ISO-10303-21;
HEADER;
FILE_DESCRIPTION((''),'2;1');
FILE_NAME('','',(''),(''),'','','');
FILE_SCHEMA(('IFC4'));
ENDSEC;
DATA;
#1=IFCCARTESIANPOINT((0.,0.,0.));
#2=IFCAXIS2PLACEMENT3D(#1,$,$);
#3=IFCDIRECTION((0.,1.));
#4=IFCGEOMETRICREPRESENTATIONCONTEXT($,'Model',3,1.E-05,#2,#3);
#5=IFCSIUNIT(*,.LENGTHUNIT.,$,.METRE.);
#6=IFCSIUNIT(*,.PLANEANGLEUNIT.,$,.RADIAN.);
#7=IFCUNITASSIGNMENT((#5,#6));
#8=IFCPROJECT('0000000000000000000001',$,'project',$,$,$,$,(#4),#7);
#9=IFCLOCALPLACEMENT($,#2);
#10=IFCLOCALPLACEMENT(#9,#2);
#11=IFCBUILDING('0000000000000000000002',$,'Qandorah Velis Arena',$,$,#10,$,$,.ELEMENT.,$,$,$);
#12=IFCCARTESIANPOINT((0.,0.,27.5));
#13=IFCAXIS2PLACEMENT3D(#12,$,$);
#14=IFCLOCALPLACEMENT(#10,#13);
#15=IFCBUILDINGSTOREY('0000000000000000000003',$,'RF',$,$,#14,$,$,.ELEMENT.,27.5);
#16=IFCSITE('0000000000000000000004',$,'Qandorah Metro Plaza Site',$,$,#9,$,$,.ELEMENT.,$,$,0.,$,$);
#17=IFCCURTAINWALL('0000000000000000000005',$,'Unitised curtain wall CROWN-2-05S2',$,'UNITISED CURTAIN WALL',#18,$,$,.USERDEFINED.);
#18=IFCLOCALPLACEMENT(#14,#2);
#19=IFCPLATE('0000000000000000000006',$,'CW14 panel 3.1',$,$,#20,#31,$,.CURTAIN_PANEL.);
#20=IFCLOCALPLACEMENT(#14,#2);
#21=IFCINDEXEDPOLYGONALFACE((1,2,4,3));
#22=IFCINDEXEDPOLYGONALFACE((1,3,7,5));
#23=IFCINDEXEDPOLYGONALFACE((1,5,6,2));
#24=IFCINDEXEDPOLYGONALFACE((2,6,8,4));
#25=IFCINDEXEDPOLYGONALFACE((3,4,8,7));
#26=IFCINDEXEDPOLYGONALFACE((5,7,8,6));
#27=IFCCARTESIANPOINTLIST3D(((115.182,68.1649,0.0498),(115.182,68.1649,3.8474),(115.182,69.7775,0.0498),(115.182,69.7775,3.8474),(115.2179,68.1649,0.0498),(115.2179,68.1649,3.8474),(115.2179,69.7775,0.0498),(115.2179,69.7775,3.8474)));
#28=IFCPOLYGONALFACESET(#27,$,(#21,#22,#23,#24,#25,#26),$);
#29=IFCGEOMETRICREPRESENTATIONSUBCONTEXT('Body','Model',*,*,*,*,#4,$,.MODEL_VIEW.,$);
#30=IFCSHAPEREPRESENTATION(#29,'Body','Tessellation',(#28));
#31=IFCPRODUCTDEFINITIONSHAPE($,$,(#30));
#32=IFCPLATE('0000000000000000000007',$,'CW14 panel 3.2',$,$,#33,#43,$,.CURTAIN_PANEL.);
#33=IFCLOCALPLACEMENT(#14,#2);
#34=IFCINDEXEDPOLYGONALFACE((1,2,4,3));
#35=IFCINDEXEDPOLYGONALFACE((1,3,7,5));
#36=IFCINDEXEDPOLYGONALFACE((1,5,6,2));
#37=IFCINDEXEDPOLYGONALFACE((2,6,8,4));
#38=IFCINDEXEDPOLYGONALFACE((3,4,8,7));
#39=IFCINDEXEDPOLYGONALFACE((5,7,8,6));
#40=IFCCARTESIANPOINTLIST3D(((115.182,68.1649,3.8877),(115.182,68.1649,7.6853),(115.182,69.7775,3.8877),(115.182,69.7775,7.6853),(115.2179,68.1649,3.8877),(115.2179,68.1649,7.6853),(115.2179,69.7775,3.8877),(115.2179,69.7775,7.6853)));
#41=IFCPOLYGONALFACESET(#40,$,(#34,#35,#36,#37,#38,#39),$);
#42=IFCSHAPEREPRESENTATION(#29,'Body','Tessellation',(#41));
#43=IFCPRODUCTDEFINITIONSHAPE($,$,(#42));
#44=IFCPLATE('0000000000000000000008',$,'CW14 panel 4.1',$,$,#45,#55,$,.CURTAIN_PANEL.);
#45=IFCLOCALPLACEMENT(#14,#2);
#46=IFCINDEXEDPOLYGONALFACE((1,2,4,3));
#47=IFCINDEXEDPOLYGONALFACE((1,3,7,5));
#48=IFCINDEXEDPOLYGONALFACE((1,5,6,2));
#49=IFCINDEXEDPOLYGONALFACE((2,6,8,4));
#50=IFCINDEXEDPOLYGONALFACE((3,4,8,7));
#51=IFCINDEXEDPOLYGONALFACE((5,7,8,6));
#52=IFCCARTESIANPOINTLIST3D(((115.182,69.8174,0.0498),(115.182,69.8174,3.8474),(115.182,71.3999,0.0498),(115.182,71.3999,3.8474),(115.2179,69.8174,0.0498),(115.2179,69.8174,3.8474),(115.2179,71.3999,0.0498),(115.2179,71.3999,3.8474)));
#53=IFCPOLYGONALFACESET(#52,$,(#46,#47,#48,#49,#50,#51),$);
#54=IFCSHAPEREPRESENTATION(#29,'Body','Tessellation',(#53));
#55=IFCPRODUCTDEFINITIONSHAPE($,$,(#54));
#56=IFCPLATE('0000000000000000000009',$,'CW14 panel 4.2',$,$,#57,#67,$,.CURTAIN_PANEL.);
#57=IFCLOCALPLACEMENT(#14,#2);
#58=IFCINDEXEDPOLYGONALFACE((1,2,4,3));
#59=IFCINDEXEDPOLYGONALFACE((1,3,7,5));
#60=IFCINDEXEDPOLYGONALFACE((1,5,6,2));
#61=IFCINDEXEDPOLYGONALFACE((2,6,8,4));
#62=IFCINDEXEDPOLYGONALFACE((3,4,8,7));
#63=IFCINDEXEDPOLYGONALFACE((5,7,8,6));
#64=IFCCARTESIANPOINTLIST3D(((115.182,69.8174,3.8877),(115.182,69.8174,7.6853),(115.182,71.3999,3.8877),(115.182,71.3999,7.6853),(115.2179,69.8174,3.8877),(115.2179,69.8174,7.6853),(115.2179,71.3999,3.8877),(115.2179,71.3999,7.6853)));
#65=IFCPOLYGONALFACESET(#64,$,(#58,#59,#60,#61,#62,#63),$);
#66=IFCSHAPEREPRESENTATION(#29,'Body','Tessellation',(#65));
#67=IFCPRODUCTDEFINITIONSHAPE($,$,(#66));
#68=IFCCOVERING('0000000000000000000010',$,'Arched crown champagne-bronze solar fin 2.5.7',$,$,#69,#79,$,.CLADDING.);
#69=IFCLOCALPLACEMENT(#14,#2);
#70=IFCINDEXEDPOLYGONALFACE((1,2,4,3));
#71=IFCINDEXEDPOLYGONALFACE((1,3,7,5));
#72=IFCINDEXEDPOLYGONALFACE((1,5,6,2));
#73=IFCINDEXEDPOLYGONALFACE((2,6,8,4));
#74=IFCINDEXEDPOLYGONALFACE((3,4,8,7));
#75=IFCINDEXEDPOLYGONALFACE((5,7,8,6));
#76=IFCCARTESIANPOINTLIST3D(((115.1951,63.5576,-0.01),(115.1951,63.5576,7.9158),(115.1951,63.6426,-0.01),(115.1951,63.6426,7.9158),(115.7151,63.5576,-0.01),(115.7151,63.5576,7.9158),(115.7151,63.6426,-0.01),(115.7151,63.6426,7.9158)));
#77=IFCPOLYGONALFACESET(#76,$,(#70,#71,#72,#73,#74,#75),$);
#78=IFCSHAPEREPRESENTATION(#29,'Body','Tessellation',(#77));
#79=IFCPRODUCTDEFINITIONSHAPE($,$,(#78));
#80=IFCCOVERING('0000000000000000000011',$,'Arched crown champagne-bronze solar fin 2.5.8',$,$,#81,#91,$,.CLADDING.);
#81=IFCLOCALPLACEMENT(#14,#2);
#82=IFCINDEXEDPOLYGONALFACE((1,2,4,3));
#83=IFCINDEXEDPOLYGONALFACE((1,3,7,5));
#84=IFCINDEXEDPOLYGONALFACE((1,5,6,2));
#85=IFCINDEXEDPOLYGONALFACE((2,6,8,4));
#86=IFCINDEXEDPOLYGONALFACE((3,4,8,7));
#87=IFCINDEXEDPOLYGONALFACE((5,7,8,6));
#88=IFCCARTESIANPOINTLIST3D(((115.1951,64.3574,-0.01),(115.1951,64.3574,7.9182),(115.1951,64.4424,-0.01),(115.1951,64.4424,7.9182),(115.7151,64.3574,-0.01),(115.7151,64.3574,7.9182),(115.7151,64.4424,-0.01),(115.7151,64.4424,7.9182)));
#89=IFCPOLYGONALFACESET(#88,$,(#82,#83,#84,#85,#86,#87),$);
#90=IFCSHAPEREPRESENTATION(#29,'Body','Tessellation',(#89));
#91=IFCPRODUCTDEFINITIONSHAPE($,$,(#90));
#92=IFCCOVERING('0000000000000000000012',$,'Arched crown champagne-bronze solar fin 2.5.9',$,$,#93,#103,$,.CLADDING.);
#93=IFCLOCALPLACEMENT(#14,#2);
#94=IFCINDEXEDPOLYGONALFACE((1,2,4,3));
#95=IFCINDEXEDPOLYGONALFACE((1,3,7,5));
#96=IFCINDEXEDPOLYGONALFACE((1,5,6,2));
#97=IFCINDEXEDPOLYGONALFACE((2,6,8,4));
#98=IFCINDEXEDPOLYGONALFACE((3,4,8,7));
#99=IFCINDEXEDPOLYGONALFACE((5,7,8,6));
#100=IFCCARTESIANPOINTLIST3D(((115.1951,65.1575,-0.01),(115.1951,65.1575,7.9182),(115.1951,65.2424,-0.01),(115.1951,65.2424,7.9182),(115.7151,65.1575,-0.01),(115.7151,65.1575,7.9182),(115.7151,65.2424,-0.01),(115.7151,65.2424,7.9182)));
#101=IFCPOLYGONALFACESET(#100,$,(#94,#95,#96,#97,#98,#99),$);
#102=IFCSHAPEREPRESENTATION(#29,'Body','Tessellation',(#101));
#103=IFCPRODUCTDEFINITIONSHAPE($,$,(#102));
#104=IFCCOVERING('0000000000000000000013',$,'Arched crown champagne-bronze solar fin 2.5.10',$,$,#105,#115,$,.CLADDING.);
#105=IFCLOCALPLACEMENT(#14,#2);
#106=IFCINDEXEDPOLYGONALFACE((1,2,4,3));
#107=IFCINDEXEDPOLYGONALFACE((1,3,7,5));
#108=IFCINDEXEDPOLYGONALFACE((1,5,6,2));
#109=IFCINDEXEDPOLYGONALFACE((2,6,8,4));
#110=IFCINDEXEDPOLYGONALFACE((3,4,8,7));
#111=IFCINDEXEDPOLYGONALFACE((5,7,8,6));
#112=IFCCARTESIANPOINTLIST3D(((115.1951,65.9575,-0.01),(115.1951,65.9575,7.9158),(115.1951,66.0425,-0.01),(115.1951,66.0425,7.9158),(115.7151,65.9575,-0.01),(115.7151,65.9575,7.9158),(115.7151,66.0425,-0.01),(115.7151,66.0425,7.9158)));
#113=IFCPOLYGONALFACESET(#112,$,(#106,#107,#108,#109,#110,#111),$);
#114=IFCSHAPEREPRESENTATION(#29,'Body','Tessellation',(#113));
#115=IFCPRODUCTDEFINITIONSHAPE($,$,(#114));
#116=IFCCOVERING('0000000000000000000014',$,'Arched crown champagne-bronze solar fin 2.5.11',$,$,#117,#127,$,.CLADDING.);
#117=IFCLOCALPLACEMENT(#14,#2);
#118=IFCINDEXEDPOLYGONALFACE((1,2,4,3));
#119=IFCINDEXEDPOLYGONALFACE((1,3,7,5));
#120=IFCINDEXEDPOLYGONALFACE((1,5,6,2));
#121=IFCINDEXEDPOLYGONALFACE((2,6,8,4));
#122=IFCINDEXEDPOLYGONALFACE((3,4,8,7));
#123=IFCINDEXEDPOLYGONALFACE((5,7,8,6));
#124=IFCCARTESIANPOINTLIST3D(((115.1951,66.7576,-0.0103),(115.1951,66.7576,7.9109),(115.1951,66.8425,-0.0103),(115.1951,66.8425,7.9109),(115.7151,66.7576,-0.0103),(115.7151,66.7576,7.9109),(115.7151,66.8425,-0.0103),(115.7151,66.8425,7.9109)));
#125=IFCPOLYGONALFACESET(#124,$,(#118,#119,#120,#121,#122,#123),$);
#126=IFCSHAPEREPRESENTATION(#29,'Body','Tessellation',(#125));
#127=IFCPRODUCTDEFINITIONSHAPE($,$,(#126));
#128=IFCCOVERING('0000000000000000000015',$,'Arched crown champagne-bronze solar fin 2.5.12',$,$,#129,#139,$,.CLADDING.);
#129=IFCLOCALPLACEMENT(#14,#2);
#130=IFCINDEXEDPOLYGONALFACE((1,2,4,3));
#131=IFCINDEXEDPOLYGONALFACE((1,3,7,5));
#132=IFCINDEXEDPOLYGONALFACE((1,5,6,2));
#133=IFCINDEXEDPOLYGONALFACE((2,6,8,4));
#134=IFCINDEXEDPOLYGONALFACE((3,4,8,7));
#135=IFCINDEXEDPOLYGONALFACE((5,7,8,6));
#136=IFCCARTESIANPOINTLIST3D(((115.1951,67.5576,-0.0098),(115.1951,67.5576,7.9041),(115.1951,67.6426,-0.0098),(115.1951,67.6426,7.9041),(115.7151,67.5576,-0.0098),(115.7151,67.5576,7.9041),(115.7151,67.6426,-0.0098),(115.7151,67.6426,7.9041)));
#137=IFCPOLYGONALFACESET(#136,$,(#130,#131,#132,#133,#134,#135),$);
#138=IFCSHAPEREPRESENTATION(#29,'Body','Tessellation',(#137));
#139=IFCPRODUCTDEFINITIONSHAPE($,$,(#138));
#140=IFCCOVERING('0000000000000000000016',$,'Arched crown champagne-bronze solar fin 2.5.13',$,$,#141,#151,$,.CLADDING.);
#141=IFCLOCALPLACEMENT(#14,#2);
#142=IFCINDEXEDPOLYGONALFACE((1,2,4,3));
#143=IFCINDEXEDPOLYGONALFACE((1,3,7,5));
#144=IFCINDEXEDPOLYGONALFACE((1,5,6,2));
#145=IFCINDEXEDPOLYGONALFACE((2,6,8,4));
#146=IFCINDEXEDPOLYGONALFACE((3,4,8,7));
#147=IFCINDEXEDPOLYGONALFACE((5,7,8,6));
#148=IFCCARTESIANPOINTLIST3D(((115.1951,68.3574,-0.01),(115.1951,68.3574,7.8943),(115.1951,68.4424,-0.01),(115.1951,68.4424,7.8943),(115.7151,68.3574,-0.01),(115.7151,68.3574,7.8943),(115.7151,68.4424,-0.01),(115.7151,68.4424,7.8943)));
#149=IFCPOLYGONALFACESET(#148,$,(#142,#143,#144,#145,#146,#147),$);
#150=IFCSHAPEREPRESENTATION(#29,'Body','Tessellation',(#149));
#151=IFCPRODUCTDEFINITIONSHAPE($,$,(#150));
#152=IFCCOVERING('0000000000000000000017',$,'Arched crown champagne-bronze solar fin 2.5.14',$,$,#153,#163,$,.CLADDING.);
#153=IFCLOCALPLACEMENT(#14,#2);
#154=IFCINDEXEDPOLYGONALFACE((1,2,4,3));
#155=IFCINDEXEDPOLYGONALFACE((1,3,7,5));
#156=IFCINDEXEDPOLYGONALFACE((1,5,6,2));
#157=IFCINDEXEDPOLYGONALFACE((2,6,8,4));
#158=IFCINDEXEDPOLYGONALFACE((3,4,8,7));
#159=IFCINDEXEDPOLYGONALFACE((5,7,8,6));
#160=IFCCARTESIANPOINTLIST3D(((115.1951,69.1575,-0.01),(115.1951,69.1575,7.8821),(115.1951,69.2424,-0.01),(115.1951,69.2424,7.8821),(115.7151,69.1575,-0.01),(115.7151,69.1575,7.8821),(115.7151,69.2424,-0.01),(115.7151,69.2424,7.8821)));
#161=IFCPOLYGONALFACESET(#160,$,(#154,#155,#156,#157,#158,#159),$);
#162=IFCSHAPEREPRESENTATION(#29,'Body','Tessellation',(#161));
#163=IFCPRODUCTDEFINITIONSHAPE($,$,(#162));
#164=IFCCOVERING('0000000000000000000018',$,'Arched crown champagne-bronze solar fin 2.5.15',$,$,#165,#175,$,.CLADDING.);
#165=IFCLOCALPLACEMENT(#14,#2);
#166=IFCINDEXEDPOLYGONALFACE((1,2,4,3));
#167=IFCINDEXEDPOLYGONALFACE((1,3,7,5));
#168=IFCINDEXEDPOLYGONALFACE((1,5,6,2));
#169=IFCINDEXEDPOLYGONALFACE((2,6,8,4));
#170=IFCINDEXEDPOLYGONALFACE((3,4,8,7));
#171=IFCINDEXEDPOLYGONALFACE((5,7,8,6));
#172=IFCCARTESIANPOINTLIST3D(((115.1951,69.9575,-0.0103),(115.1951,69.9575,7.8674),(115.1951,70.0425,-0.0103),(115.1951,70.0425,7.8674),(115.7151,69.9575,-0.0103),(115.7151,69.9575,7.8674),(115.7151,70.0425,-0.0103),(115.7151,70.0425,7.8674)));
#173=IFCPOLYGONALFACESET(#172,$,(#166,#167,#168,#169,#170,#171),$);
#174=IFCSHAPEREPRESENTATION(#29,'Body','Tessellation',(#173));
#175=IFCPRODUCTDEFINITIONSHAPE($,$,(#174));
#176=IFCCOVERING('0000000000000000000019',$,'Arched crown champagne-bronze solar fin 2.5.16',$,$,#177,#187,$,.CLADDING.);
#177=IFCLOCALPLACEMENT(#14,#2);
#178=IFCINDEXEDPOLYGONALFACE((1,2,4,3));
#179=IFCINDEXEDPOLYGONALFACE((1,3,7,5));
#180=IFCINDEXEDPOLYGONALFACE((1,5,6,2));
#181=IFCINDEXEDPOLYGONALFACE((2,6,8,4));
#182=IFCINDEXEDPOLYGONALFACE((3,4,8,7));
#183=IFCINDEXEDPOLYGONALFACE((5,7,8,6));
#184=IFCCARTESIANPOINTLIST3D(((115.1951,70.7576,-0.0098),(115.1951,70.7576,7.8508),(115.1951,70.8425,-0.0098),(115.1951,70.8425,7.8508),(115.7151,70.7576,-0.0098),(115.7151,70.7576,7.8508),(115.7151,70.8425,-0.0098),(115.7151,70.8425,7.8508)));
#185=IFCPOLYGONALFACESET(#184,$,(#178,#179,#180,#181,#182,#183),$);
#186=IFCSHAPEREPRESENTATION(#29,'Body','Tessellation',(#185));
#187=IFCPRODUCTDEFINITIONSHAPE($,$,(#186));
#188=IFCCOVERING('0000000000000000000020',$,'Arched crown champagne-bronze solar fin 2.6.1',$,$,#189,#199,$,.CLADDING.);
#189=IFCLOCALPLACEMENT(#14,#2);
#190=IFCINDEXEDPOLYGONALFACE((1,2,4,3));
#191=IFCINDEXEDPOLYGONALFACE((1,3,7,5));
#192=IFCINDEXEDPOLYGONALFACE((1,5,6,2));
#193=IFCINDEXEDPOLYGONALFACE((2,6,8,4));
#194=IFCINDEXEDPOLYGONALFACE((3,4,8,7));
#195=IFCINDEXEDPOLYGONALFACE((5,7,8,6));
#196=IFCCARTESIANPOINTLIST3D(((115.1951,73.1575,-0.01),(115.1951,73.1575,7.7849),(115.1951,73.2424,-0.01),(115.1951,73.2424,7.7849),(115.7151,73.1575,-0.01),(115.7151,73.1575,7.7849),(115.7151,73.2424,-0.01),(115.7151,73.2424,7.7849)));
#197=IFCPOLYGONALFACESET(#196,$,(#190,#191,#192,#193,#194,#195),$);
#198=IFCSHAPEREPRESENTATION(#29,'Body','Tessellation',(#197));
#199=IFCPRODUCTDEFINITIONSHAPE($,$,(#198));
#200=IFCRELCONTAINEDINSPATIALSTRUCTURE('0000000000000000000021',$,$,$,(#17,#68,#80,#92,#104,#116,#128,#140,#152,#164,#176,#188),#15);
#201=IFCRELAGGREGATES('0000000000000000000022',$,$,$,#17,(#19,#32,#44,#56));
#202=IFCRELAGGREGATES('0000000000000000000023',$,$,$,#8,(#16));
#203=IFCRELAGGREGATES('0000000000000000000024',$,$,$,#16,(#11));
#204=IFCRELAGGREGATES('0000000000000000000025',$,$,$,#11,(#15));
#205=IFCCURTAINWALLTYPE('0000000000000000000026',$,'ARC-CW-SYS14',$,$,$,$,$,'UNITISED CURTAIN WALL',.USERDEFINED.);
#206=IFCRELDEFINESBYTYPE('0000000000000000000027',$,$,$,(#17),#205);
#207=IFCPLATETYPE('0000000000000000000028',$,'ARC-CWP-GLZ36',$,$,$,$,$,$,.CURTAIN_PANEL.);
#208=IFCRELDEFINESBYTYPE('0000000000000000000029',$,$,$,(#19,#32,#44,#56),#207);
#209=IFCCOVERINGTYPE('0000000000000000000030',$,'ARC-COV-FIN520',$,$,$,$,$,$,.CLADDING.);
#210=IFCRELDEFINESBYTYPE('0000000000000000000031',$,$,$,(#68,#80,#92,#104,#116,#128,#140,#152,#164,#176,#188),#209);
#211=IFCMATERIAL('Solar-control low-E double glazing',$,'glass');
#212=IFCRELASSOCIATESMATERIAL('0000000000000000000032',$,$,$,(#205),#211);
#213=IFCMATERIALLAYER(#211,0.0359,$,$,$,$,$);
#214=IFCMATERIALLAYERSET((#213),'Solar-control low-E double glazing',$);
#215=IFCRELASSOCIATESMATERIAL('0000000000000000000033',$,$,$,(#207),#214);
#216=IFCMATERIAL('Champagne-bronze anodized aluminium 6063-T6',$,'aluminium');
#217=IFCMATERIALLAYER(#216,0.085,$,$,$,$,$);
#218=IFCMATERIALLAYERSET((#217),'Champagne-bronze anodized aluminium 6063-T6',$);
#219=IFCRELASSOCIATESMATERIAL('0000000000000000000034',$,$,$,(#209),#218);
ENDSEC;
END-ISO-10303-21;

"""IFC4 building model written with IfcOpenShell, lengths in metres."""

from ifc_helpers import new_model, si_unit, direction, frame, origin, origin_2d, place, context, subcontext, project, spatial, rectangle, extrude, material, layer, layer_set, type_object, element, aggregate, save


model = new_model("IFC4")

# Units and contexts
model_context = context("Model", 3, precision=1e-05, world=origin(), true_north=direction((0.0, 1.0)))
body_context = subcontext(model_context, "Body", "Model", "MODEL_VIEW")
ifc_project = project(units=[si_unit("LENGTHUNIT", "METRE"), si_unit("PLANEANGLEUNIT", "RADIAN")], contexts=[model_context])

# Site, building, storey
site_placement = place(None, origin())
site = spatial("IfcSite", under=ifc_project, at=site_placement, Name="Qandorah Metro Plaza Site", CompositionType="ELEMENT", RefElevation=0.0)
building_placement = place(site_placement, origin())
building = spatial("IfcBuilding", under=site, at=building_placement, Name="Qandorah Velis Arena", CompositionType="ELEMENT")
storey_placement = place(building_placement, frame((0.0, 0.0, 27.5)))
storey = spatial("IfcBuildingStorey", under=building, at=storey_placement, Name="RF", CompositionType="ELEMENT", Elevation=27.5)

# Curtain wall
ifc_material_1 = material(Name="Solar-control low-E double glazing", Category="glass")
curtain_wall_type = type_object("IfcCurtainWallType", Name="ARC-CW-SYS14", ElementType="UNITISED CURTAIN WALL", PredefinedType="USERDEFINED", material=ifc_material_1)
curtain_wall_1_placement = place(storey_placement, origin())
curtain_wall_1 = element("IfcCurtainWall", 1, at=curtain_wall_1_placement, inside=storey, type_object=curtain_wall_type, Name="Unitised curtain wall CROWN-2-05S2", ObjectType="UNITISED CURTAIN WALL", PredefinedType="USERDEFINED")
ifc_material_2 = material(Name="Champagne-bronze anodized aluminium 6063-T6", Category="aluminium")

# Plates
ifc_layer_1 = layer(ifc_material_1, 0.0359)
ifc_layer_set_1 = layer_set([ifc_layer_1], Name="Solar-control low-E double glazing")
plate_type = type_object("IfcPlateType", Name="ARC-CWP-GLZ36", PredefinedType="CURTAIN_PANEL", material=ifc_layer_set_1)
plate_1_placement = place(storey_placement, frame((115.2, 68.9712, 0.0498), z_axis=(0.0, 0.0, 1.0), x_axis=(0.0, 1.0, 0.0)))
plate_1 = element("IfcPlate", 2, at=plate_1_placement, type_object=plate_type, Name="CW14 panel 3.1", PredefinedType="CURTAIN_PANEL", context=body_context, shape_type="SweptSolid", body=[
    extrude(rectangle(XDim=1.6125, YDim=0.0359, at=origin_2d()), origin(), (0.0, 0.0, 1.0), 3.7976),
])
plate_2_placement = place(storey_placement, frame((115.2, 68.9712, 3.8877), z_axis=(0.0, 0.0, 1.0), x_axis=(0.0, 1.0, 0.0)))
plate_2 = element("IfcPlate", 3, at=plate_2_placement, type_object=plate_type, Name="CW14 panel 3.2", PredefinedType="CURTAIN_PANEL", context=body_context, shape_type="SweptSolid", body=[
    extrude(rectangle(XDim=1.6125, YDim=0.0359, at=origin_2d()), origin(), (0.0, 0.0, 1.0), 3.7976),
])
plate_3_placement = place(storey_placement, frame((115.2, 70.6086, 0.0498), z_axis=(0.0, 0.0, 1.0), x_axis=(0.0, 1.0, 0.0)))
plate_3 = element("IfcPlate", 4, at=plate_3_placement, type_object=plate_type, Name="CW14 panel 4.1", PredefinedType="CURTAIN_PANEL", context=body_context, shape_type="SweptSolid", body=[
    extrude(rectangle(XDim=1.5825, YDim=0.0359, at=origin_2d()), origin(), (0.0, 0.0, 1.0), 3.7976),
])
plate_4_placement = place(storey_placement, frame((115.2, 70.6086, 3.8877), z_axis=(0.0, 0.0, 1.0), x_axis=(0.0, 1.0, 0.0)))
plate_4 = element("IfcPlate", 5, at=plate_4_placement, type_object=plate_type, Name="CW14 panel 4.2", PredefinedType="CURTAIN_PANEL", context=body_context, shape_type="SweptSolid", body=[
    extrude(rectangle(XDim=1.5825, YDim=0.0359, at=origin_2d()), origin(), (0.0, 0.0, 1.0), 3.7976),
])
aggregate(curtain_wall_1, [plate_1, plate_2, plate_3, plate_4])

# Coverings
ifc_layer_2 = layer(ifc_material_2, 0.085)
ifc_layer_set_2 = layer_set([ifc_layer_2], Name="Champagne-bronze anodized aluminium 6063-T6")
covering_type = type_object("IfcCoveringType", Name="ARC-COV-FIN520", PredefinedType="CLADDING", material=ifc_layer_set_2)
covering_1_placement = place(storey_placement, frame((115.4551, 63.6001, -0.01), z_axis=(0.0, 0.0, 1.0), x_axis=(1.0, 0.0, 0.0)))
element("IfcCovering", 6, at=covering_1_placement, inside=storey, type_object=covering_type, Name="Arched crown champagne-bronze solar fin 2.5.7", PredefinedType="CLADDING", context=body_context, shape_type="SweptSolid", body=[
    extrude(rectangle(XDim=0.52, YDim=0.085, at=origin_2d()), origin(), (0.0, 0.0, 1.0), 7.9258),
])
for number, where, z_axis, x_axis, name in (
    (7, (115.4551, 64.3999, -0.01), (0.0, 0.0, 1.0), (1.0, 0.0, 0.0), "Arched crown champagne-bronze solar fin 2.5.8"),
    (8, (115.4551, 65.2, -0.01), (0.0, 0.0, 1.0), (1.0, 0.0, 0.0), "Arched crown champagne-bronze solar fin 2.5.9"),
):
    element("IfcCovering", number, at=place(storey_placement, frame(where, z_axis=z_axis, x_axis=x_axis)), inside=storey, type_object=covering_type, Name=name, PredefinedType="CLADDING", context=body_context, shape_type="SweptSolid", body=[
        extrude(rectangle(XDim=0.52, YDim=0.085, at=origin_2d()), origin(), (0.0, 0.0, 1.0), 7.9282),
    ])
covering_2_placement = place(storey_placement, frame((115.4551, 66.0, -0.01), z_axis=(0.0, 0.0, 1.0), x_axis=(1.0, 0.0, 0.0)))
element("IfcCovering", 9, at=covering_2_placement, inside=storey, type_object=covering_type, Name="Arched crown champagne-bronze solar fin 2.5.10", PredefinedType="CLADDING", context=body_context, shape_type="SweptSolid", body=[
    extrude(rectangle(XDim=0.52, YDim=0.085, at=origin_2d()), origin(), (0.0, 0.0, 1.0), 7.9258),
])
covering_3_placement = place(storey_placement, frame((115.4551, 66.8, -0.0103), z_axis=(0.0, 0.0, 1.0), x_axis=(1.0, 0.0, 0.0)))
element("IfcCovering", 10, at=covering_3_placement, inside=storey, type_object=covering_type, Name="Arched crown champagne-bronze solar fin 2.5.11", PredefinedType="CLADDING", context=body_context, shape_type="SweptSolid", body=[
    extrude(rectangle(XDim=0.52, YDim=0.085, at=origin_2d()), origin(), (0.0, 0.0, 1.0), 7.9211),
])
covering_4_placement = place(storey_placement, frame((115.4551, 67.6001, -0.0098), z_axis=(0.0, 0.0, 1.0), x_axis=(1.0, 0.0, 0.0)))
element("IfcCovering", 11, at=covering_4_placement, inside=storey, type_object=covering_type, Name="Arched crown champagne-bronze solar fin 2.5.12", PredefinedType="CLADDING", context=body_context, shape_type="SweptSolid", body=[
    extrude(rectangle(XDim=0.52, YDim=0.085, at=origin_2d()), origin(), (0.0, 0.0, 1.0), 7.9138),
])
covering_5_placement = place(storey_placement, frame((115.4551, 68.3999, -0.01), z_axis=(0.0, 0.0, 1.0), x_axis=(1.0, 0.0, 0.0)))
element("IfcCovering", 12, at=covering_5_placement, inside=storey, type_object=covering_type, Name="Arched crown champagne-bronze solar fin 2.5.13", PredefinedType="CLADDING", context=body_context, shape_type="SweptSolid", body=[
    extrude(rectangle(XDim=0.52, YDim=0.085, at=origin_2d()), origin(), (0.0, 0.0, 1.0), 7.9043),
])
covering_6_placement = place(storey_placement, frame((115.4551, 69.2, -0.01), z_axis=(0.0, 0.0, 1.0), x_axis=(1.0, 0.0, 0.0)))
element("IfcCovering", 13, at=covering_6_placement, inside=storey, type_object=covering_type, Name="Arched crown champagne-bronze solar fin 2.5.14", PredefinedType="CLADDING", context=body_context, shape_type="SweptSolid", body=[
    extrude(rectangle(XDim=0.52, YDim=0.085, at=origin_2d()), origin(), (0.0, 0.0, 1.0), 7.8921),
])
covering_7_placement = place(storey_placement, frame((115.4551, 70.0, -0.0103), z_axis=(0.0, 0.0, 1.0), x_axis=(1.0, 0.0, 0.0)))
element("IfcCovering", 14, at=covering_7_placement, inside=storey, type_object=covering_type, Name="Arched crown champagne-bronze solar fin 2.5.15", PredefinedType="CLADDING", context=body_context, shape_type="SweptSolid", body=[
    extrude(rectangle(XDim=0.52, YDim=0.085, at=origin_2d()), origin(), (0.0, 0.0, 1.0), 7.8777),
])
covering_8_placement = place(storey_placement, frame((115.4551, 70.8, -0.0098), z_axis=(0.0, 0.0, 1.0), x_axis=(1.0, 0.0, 0.0)))
element("IfcCovering", 15, at=covering_8_placement, inside=storey, type_object=covering_type, Name="Arched crown champagne-bronze solar fin 2.5.16", PredefinedType="CLADDING", context=body_context, shape_type="SweptSolid", body=[
    extrude(rectangle(XDim=0.52, YDim=0.085, at=origin_2d()), origin(), (0.0, 0.0, 1.0), 7.8606),
])
covering_9_placement = place(storey_placement, frame((115.4551, 73.2, -0.01), z_axis=(0.0, 0.0, 1.0), x_axis=(1.0, 0.0, 0.0)))
element("IfcCovering", 16, at=covering_9_placement, inside=storey, type_object=covering_type, Name="Arched crown champagne-bronze solar fin 2.6.1", PredefinedType="CLADDING", context=body_context, shape_type="SweptSolid", body=[
    extrude(rectangle(XDim=0.52, YDim=0.085, at=origin_2d()), origin(), (0.0, 0.0, 1.0), 7.7949),
])

save(model, "model.ifc")
